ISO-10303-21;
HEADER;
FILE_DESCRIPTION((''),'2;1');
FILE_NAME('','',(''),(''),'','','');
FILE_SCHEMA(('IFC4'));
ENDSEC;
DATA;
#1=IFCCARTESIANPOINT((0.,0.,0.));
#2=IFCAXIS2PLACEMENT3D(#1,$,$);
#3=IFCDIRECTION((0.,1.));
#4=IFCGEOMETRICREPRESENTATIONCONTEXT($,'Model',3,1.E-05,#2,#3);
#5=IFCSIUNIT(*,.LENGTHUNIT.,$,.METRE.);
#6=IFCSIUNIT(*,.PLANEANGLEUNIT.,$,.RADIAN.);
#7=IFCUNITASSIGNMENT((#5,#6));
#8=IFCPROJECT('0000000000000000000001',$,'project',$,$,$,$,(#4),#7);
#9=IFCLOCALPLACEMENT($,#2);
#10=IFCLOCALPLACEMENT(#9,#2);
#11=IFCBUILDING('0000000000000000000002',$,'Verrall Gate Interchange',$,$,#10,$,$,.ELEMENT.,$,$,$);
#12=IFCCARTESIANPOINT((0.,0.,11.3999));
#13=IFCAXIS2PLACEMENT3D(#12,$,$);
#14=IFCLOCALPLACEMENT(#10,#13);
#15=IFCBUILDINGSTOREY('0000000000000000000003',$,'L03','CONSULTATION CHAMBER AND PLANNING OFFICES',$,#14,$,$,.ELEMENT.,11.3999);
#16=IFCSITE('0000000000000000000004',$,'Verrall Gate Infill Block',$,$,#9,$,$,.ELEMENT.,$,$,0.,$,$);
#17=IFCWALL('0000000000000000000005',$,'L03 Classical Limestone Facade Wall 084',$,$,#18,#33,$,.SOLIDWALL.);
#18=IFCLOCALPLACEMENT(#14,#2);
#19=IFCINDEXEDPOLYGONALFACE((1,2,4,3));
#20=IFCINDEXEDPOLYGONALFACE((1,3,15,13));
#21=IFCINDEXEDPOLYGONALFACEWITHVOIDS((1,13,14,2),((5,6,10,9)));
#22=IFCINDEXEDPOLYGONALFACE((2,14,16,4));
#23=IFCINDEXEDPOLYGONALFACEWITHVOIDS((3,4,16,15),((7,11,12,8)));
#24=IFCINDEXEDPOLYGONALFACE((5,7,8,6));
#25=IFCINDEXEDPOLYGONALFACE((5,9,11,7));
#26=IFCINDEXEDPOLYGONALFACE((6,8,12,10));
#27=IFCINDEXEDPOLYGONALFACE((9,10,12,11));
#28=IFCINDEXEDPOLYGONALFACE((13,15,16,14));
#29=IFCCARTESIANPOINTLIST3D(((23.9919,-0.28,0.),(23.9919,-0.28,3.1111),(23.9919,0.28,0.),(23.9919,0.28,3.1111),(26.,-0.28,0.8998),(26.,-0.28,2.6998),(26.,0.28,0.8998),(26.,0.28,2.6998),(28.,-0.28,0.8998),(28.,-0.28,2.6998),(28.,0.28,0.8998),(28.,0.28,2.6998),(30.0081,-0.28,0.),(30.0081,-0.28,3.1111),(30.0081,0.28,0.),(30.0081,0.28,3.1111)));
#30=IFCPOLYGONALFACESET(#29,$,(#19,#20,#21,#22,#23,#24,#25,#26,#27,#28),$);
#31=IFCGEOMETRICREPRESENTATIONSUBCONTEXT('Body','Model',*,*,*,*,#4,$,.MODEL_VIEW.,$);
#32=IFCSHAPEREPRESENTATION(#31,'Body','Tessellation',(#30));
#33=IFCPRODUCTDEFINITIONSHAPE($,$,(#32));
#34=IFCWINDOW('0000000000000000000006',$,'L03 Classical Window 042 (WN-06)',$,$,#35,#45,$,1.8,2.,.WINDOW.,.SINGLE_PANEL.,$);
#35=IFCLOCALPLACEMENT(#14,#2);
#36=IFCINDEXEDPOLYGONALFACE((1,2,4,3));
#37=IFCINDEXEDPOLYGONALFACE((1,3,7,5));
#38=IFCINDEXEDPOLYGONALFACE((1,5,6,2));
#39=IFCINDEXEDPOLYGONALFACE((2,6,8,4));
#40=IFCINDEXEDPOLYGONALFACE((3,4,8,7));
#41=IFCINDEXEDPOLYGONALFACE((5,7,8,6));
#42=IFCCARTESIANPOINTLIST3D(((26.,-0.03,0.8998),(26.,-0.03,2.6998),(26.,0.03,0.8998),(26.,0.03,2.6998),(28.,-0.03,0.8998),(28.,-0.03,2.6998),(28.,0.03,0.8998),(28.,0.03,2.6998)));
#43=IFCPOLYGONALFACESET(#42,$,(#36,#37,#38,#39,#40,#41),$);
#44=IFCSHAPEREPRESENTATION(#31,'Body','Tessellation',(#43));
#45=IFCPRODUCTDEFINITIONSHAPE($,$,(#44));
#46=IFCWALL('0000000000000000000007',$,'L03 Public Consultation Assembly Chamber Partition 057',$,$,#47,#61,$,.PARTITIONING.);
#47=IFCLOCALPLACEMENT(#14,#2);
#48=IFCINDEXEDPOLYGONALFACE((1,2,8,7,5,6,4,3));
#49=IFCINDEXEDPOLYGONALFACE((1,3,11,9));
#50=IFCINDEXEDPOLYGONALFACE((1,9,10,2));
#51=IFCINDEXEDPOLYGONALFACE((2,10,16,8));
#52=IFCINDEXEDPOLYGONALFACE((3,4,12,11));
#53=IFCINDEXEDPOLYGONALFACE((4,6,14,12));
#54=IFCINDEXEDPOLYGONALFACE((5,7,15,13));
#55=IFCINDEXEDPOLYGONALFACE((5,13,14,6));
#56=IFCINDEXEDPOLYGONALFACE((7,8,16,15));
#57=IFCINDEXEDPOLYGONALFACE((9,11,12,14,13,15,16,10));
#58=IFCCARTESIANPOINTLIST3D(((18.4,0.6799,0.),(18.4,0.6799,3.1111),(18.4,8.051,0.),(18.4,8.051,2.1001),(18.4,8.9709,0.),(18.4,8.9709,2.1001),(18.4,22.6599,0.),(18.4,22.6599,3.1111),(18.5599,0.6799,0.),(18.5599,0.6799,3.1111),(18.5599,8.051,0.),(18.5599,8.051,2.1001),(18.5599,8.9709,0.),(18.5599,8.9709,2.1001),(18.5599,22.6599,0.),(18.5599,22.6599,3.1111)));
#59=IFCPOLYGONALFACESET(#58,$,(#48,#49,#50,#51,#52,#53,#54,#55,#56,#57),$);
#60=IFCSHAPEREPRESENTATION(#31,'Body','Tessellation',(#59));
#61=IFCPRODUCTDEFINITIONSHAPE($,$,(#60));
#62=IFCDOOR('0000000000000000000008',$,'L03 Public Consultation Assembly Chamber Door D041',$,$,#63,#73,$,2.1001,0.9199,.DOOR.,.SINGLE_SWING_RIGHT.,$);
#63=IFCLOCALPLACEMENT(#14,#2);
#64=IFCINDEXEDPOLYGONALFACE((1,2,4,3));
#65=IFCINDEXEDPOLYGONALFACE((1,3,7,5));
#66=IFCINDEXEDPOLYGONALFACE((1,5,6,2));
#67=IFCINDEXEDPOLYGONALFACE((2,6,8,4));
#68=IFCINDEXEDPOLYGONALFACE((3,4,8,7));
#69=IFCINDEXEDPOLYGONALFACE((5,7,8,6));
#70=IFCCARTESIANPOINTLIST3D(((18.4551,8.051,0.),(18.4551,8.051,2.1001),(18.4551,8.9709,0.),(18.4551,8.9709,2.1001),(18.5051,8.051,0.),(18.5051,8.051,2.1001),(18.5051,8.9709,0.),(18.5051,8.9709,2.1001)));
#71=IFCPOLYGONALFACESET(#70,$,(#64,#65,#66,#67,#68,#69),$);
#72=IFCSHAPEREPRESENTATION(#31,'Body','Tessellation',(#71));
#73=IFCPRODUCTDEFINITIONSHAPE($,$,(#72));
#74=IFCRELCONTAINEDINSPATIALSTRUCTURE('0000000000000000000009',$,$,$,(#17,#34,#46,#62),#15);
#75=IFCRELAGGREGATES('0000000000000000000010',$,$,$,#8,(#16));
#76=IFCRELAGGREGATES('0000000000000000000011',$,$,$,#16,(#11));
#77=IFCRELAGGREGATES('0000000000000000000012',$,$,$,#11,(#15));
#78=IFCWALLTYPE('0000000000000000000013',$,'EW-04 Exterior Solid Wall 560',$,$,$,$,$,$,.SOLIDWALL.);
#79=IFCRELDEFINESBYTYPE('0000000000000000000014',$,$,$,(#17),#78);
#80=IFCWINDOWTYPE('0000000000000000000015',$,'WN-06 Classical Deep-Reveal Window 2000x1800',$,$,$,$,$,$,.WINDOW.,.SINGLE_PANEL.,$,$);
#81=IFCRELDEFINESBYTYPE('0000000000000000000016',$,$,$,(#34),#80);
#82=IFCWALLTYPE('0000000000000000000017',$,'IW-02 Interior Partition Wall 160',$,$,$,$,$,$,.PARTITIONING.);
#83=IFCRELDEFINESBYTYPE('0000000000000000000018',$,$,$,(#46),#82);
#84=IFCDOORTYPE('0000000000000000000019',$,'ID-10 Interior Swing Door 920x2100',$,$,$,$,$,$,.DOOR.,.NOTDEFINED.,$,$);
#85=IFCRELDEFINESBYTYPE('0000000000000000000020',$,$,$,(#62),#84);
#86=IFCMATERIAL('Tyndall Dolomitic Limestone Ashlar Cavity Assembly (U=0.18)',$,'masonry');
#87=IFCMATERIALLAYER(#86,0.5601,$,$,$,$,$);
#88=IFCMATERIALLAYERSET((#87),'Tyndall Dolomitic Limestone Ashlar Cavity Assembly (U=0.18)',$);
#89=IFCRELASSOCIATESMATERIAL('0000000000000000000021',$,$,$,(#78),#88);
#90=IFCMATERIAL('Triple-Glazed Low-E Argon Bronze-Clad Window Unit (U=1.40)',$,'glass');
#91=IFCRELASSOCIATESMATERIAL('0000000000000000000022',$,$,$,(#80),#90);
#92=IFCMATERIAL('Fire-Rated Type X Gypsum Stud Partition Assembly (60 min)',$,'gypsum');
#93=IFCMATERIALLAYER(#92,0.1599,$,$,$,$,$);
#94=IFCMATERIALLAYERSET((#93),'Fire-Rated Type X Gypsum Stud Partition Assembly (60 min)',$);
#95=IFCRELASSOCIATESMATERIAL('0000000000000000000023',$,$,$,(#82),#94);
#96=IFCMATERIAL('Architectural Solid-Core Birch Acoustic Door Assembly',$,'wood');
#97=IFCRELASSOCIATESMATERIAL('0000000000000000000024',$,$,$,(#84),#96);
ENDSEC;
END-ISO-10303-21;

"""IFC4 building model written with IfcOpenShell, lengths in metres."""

from ifc_helpers import new_model, si_unit, direction, frame, frame_2d, origin, place, context, subcontext, project, spatial, rectangle, extrude, material, layer, layer_set, type_object, element, fill, save


model = new_model("IFC4")

# Units and contexts
model_context = context("Model", 3, precision=1e-05, world=origin(), true_north=direction((0.0, 1.0)))
body_context = subcontext(model_context, "Body", "Model", "MODEL_VIEW")
ifc_project = project(units=[si_unit("LENGTHUNIT", "METRE"), si_unit("PLANEANGLEUNIT", "RADIAN")], contexts=[model_context])

# Site, building, storey
site_placement = place(None, origin())
site = spatial("IfcSite", under=ifc_project, at=site_placement, Name="Verrall Gate Infill Block", CompositionType="ELEMENT", RefElevation=0.0)
building_placement = place(site_placement, origin())
building = spatial("IfcBuilding", under=site, at=building_placement, Name="Verrall Gate Interchange", CompositionType="ELEMENT")
storey_placement = place(building_placement, frame((0.0, 0.0, 11.3999)))
storey = spatial("IfcBuildingStorey", under=building, at=storey_placement, Name="L03", Description="CONSULTATION CHAMBER AND PLANNING OFFICES", CompositionType="ELEMENT", Elevation=11.3999)

# Wall, opening, window
ifc_material_1 = material(Name="Tyndall Dolomitic Limestone Ashlar Cavity Assembly (U=0.18)", Category="masonry")
ifc_layer_1 = layer(ifc_material_1, 0.5601)
ifc_layer_set_1 = layer_set([ifc_layer_1], Name="Tyndall Dolomitic Limestone Ashlar Cavity Assembly (U=0.18)")
wall_type_1 = type_object("IfcWallType", Name="EW-04 Exterior Solid Wall 560", PredefinedType="SOLIDWALL", material=ifc_layer_set_1)
wall_1_placement = place(storey_placement, frame((23.9919, 0.0, 0.0), z_axis=(0.0, 0.0, 1.0), x_axis=(1.0, 0.0, 0.0)))
wall_1 = element("IfcWall", 1, at=wall_1_placement, inside=storey, type_object=wall_type_1, Name="L03 Classical Limestone Facade Wall 084", PredefinedType="SOLIDWALL", context=body_context, shape_type="SweptSolid", body=[
    extrude(rectangle(XDim=6.0161, YDim=0.5601, at=frame_2d((3.0081, 0.0))), origin(), (0.0, 0.0, 1.0), 3.1111),
])
opening_1_placement = place(wall_1_placement, frame((2.0081, 0.0, 0.8999)))
opening_1 = element("IfcOpeningElement", 2, at=opening_1_placement, cuts=wall_1, PredefinedType="OPENING", context=body_context, shape_type="SweptSolid", body=[
    extrude(rectangle(XDim=2.0, YDim=1.8, at=frame_2d((1.0, 0.8999))), frame((0.0, 0.2949, 0.0), z_axis=(0.0, -1.0, 0.0), x_axis=(1.0, 0.0, 0.0)), (0.0, 0.0, 1.0), 0.5898),
])
ifc_material_2 = material(Name="Triple-Glazed Low-E Argon Bronze-Clad Window Unit (U=1.40)", Category="glass")
window_type = type_object("IfcWindowType", Name="WN-06 Classical Deep-Reveal Window 2000x1800", PartitioningType="SINGLE_PANEL", PredefinedType="WINDOW", material=ifc_material_2)
window_placement = place(opening_1_placement, origin())
window = element("IfcWindow", 3, at=window_placement, inside=storey, type_object=window_type, Name="L03 Classical Window 042 (WN-06)", OverallHeight=1.8, OverallWidth=2.0, PartitioningType="SINGLE_PANEL", PredefinedType="WINDOW", context=body_context, shape_type="SweptSolid", body=[
    extrude(rectangle(XDim=2.0, YDim=1.8, at=frame_2d((1.0, 0.8999))), frame((0.0, 0.03, 0.0), z_axis=(0.0, -1.0, 0.0), x_axis=(1.0, 0.0, 0.0)), (0.0, 0.0, 1.0), 0.0601),
])
fill(opening_1, window)

# Wall, opening, door
ifc_material_3 = material(Name="Fire-Rated Type X Gypsum Stud Partition Assembly (60 min)", Category="gypsum")
ifc_layer_2 = layer(ifc_material_3, 0.1599)
ifc_layer_set_2 = layer_set([ifc_layer_2], Name="Fire-Rated Type X Gypsum Stud Partition Assembly (60 min)")
wall_type_2 = type_object("IfcWallType", Name="IW-02 Interior Partition Wall 160", PredefinedType="PARTITIONING", material=ifc_layer_set_2)
wall_2_placement = place(storey_placement, frame((18.48, 0.6799, 0.0), z_axis=(0.0, 0.0, 1.0), x_axis=(0.0, 1.0, 0.0)))
wall_2 = element("IfcWall", 4, at=wall_2_placement, inside=storey, type_object=wall_type_2, Name="L03 Public Consultation Assembly Chamber Partition 057", PredefinedType="PARTITIONING", context=body_context, shape_type="SweptSolid", body=[
    extrude(rectangle(XDim=21.98, YDim=0.1599, at=frame_2d((10.99, 0.0))), origin(), (0.0, 0.0, 1.0), 3.1111),
])
opening_2_placement = place(wall_2_placement, frame((7.3711, 0.0, 0.0)))
opening_2 = element("IfcOpeningElement", 5, at=opening_2_placement, cuts=wall_2, PredefinedType="OPENING", context=body_context, shape_type="SweptSolid", body=[
    extrude(rectangle(XDim=0.9199, YDim=2.1001, at=frame_2d((0.46, 1.05))), frame((0.0, 0.0947, 0.0), z_axis=(0.0, -1.0, 0.0), x_axis=(1.0, 0.0, 0.0)), (0.0, 0.0, 1.0), 0.1897),
])
ifc_material_4 = material(Name="Architectural Solid-Core Birch Acoustic Door Assembly", Category="wood")
door_type = type_object("IfcDoorType", Name="ID-10 Interior Swing Door 920x2100", OperationType="NOTDEFINED", PredefinedType="DOOR", material=ifc_material_4)
door_placement = place(opening_2_placement, origin())
door = element("IfcDoor", 6, at=door_placement, inside=storey, type_object=door_type, Name="L03 Public Consultation Assembly Chamber Door D041", OperationType="SINGLE_SWING_RIGHT", OverallHeight=2.1001, OverallWidth=0.9199, PredefinedType="DOOR", context=body_context, shape_type="SweptSolid", body=[
    extrude(rectangle(XDim=0.9199, YDim=2.1001, at=frame_2d((0.46, 1.05))), frame((0.0, 0.0249, 0.0), z_axis=(0.0, -1.0, 0.0), x_axis=(1.0, 0.0, 0.0)), (0.0, 0.0, 1.0), 0.05),
])
fill(opening_2, door)

save(model, "model.ifc")
